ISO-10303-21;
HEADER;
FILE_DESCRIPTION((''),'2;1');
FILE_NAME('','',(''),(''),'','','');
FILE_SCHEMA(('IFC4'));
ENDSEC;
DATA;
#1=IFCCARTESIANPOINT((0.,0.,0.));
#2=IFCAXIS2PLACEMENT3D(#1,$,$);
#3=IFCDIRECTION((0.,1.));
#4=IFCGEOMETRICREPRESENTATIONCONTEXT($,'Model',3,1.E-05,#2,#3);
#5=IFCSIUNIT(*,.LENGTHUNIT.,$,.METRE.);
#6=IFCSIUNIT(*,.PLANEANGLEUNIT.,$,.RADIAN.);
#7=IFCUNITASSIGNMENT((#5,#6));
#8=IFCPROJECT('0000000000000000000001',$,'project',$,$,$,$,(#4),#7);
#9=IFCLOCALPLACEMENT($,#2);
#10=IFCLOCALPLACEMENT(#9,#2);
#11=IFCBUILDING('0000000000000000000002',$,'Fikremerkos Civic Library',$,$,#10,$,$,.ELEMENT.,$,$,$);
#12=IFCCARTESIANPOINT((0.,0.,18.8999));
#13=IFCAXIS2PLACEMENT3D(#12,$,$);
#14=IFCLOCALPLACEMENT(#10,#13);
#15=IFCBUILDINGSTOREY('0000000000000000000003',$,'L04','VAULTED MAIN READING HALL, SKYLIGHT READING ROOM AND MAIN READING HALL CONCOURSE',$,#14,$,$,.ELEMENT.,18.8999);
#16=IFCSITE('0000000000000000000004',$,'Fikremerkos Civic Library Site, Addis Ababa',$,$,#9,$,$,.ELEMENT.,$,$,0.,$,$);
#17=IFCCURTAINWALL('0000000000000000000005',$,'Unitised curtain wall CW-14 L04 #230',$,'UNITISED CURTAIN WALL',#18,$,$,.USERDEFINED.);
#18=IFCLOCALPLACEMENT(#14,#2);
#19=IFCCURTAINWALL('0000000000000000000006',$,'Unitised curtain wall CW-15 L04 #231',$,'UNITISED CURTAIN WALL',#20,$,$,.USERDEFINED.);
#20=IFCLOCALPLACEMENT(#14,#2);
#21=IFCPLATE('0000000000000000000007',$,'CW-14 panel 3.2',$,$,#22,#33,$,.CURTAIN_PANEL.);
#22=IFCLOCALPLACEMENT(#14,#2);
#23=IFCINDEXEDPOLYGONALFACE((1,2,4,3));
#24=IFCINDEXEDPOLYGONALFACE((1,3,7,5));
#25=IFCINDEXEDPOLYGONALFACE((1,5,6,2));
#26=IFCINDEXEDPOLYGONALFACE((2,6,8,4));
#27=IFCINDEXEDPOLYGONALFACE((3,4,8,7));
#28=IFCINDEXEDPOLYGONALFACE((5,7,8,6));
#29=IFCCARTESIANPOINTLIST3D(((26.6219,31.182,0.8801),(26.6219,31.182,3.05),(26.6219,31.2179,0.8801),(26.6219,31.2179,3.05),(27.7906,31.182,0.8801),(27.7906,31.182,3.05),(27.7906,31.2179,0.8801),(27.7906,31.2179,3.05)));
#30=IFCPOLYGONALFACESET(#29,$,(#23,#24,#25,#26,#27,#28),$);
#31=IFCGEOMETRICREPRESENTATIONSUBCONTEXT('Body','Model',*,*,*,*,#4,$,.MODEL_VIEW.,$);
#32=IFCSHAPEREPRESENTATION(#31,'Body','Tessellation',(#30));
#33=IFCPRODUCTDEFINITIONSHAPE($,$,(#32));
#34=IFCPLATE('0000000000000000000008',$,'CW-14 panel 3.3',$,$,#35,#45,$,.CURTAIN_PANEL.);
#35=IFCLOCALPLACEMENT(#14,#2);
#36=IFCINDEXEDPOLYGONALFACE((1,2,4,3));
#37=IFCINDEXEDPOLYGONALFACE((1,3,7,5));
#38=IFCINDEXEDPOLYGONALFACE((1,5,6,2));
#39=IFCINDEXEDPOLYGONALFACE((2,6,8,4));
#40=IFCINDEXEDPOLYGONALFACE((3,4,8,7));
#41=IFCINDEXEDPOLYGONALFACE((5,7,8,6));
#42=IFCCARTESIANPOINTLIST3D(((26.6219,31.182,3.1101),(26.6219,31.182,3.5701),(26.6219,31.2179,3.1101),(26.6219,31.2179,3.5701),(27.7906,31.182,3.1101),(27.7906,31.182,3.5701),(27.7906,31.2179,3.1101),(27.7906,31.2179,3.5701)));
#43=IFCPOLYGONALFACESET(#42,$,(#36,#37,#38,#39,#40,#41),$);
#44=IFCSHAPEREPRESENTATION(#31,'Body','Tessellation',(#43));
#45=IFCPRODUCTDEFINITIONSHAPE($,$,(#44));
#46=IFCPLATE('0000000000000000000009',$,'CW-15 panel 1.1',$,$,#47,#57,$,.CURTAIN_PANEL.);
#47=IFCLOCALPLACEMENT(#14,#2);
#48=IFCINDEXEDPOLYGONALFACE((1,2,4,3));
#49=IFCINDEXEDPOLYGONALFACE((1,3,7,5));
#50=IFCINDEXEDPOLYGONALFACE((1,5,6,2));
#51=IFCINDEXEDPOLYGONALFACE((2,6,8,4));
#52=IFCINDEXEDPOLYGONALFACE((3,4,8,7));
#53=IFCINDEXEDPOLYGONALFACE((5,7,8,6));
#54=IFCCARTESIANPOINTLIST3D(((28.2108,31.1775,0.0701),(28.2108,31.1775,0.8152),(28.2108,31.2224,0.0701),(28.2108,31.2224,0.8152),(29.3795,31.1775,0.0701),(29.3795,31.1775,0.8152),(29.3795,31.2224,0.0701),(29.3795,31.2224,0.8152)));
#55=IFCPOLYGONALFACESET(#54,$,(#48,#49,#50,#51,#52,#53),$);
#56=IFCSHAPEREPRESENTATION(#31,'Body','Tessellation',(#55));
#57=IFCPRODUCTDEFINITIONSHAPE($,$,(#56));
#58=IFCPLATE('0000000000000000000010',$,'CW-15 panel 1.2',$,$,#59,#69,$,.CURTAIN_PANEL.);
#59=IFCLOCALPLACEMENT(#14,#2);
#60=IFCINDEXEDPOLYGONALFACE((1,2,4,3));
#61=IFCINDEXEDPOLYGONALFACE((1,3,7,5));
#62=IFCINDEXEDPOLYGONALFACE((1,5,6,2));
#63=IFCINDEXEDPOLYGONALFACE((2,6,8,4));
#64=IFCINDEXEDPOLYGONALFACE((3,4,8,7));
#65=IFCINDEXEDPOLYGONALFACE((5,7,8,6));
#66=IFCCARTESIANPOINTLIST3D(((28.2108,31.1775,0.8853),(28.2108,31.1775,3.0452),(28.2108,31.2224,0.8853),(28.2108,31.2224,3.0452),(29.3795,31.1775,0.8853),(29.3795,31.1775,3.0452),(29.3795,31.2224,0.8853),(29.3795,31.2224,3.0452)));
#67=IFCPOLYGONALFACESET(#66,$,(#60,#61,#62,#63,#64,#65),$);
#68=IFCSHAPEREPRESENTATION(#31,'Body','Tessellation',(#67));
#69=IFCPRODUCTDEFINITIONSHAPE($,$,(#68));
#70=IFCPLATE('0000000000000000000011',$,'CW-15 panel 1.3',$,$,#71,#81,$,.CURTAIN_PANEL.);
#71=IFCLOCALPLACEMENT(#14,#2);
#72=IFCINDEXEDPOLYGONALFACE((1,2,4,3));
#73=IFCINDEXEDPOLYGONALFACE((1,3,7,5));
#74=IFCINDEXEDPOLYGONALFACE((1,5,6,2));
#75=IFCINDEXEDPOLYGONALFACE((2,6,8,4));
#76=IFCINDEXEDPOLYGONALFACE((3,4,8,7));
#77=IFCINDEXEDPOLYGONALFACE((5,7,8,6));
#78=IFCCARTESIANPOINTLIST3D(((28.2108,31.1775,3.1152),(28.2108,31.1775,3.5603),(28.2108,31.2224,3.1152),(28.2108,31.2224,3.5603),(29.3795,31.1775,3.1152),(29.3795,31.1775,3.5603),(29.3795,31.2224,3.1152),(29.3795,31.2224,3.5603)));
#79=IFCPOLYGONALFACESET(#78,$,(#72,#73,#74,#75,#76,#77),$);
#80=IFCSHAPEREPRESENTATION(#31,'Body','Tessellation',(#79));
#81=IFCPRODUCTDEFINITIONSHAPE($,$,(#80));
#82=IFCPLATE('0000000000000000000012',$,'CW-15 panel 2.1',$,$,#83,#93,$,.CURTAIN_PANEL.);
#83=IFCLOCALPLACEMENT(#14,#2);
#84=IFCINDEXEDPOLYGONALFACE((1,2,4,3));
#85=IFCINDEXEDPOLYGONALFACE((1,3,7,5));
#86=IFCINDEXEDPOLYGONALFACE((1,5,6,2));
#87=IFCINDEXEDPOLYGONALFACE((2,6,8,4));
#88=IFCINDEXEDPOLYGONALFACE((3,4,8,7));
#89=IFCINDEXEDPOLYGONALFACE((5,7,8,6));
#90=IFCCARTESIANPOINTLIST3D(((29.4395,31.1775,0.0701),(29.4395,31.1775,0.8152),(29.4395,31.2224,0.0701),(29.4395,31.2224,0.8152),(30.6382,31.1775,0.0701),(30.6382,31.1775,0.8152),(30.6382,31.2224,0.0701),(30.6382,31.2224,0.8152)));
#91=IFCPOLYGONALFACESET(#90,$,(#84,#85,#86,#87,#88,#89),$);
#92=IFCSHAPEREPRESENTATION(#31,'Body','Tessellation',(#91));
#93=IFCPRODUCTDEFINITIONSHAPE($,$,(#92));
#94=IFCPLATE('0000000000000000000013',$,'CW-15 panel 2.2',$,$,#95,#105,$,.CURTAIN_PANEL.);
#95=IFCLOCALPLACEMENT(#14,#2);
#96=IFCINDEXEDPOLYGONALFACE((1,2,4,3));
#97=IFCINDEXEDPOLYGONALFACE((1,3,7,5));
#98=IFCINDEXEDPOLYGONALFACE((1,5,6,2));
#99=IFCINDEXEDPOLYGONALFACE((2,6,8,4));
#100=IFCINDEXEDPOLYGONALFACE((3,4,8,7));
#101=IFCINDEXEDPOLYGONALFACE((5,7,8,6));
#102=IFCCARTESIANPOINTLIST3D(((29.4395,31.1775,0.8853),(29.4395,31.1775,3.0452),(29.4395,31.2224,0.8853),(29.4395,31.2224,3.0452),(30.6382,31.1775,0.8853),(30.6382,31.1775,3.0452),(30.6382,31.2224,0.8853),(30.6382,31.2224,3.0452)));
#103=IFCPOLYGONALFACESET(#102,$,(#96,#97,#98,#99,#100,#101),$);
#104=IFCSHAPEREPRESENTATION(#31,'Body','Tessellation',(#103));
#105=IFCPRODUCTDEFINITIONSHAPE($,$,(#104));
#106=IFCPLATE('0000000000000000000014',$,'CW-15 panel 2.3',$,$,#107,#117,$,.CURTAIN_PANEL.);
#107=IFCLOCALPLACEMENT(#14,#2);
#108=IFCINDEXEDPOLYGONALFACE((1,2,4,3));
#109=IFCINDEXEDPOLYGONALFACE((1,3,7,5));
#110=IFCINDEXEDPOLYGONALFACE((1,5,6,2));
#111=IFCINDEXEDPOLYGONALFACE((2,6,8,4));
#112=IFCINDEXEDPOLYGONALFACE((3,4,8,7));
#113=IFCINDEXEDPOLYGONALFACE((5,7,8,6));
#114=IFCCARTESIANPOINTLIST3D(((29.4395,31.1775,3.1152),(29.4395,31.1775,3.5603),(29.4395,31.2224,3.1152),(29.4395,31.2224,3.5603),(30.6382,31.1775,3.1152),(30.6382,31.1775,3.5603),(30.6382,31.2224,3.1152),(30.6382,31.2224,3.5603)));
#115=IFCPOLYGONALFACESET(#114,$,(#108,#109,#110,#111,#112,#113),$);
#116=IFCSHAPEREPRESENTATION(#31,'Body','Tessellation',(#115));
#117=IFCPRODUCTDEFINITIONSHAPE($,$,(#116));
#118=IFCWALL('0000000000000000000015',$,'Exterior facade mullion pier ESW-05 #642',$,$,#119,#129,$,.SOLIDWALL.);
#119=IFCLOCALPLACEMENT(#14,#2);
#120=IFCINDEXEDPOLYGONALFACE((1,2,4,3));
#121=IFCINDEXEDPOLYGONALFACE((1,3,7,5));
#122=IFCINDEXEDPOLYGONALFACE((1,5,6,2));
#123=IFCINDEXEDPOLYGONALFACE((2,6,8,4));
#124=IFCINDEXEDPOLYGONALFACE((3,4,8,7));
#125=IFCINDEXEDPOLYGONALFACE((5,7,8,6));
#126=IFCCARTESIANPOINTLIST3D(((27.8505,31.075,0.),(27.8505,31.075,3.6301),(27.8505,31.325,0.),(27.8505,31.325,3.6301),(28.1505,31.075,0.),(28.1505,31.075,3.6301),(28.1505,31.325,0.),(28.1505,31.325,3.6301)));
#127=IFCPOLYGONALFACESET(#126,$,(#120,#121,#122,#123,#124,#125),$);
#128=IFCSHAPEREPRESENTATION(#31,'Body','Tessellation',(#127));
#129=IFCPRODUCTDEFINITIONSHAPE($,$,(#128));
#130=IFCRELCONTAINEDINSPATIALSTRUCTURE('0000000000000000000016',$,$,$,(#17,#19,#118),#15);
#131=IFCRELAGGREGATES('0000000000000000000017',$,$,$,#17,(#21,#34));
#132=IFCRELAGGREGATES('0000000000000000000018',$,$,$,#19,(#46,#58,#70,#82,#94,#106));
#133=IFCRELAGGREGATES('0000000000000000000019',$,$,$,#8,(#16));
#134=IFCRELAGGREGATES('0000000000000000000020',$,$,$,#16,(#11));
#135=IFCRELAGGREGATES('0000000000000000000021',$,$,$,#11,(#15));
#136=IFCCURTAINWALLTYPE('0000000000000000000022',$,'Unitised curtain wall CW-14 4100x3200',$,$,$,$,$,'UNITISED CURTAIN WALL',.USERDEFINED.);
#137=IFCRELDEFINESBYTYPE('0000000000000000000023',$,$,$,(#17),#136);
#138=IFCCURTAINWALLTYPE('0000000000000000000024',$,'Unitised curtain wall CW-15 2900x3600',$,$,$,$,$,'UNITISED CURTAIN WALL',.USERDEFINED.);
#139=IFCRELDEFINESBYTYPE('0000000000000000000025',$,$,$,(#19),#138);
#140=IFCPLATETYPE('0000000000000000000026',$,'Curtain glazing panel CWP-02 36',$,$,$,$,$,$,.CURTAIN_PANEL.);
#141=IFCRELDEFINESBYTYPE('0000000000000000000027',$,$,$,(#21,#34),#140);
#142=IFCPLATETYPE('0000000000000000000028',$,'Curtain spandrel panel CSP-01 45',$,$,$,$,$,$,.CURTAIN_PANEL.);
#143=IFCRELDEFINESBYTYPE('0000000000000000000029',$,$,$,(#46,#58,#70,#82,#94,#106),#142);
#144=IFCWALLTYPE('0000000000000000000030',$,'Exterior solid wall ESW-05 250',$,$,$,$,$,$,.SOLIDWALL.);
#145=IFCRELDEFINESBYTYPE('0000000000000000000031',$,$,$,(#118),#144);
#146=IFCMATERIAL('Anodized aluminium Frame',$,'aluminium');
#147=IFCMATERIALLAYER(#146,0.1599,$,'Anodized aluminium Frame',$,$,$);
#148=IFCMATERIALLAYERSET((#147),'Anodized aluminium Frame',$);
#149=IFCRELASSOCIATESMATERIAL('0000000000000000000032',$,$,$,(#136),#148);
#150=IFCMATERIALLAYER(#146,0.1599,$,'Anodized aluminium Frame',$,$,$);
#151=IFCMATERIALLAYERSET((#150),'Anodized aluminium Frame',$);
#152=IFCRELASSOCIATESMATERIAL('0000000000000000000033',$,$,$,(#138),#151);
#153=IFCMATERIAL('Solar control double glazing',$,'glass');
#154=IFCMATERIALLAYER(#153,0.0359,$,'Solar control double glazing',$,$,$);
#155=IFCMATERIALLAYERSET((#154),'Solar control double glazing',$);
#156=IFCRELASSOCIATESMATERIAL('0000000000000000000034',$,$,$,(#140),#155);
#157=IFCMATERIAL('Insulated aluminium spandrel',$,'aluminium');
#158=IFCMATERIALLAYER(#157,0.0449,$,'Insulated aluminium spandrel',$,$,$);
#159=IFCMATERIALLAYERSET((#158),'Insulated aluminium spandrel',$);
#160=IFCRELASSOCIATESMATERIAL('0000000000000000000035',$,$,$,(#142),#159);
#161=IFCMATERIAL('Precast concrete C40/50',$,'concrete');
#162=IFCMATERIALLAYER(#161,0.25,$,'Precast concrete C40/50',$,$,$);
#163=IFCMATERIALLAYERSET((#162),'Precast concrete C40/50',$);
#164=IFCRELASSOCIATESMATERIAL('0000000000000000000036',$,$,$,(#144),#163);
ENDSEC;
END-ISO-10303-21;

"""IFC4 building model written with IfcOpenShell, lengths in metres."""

from ifc_helpers import new_model, si_unit, direction, frame, frame_2d, origin, origin_2d, place, context, subcontext, project, spatial, rectangle, extrude, material, layer, layer_set, type_object, element, aggregate, save


model = new_model("IFC4")

# Units and contexts
model_context = context("Model", 3, precision=1e-05, world=origin(), true_north=direction((0.0, 1.0)))
body_context = subcontext(model_context, "Body", "Model", "MODEL_VIEW")
ifc_project = project(units=[si_unit("LENGTHUNIT", "METRE"), si_unit("PLANEANGLEUNIT", "RADIAN")], contexts=[model_context])

# Site, building, storey
site_placement = place(None, origin())
site = spatial("IfcSite", under=ifc_project, at=site_placement, Name="Fikremerkos Civic Library Site, Addis Ababa", CompositionType="ELEMENT", RefElevation=0.0)
building_placement = place(site_placement, origin())
building = spatial("IfcBuilding", under=site, at=building_placement, Name="Fikremerkos Civic Library", CompositionType="ELEMENT")
storey_placement = place(building_placement, frame((0.0, 0.0, 18.8999)))
storey = spatial("IfcBuildingStorey", under=building, at=storey_placement, Name="L04", Description="VAULTED MAIN READING HALL, SKYLIGHT READING ROOM AND MAIN READING HALL CONCOURSE", CompositionType="ELEMENT", Elevation=18.8999)

# Curtain wall
ifc_material_1 = material(Name="Anodized aluminium Frame", Category="aluminium")
ifc_layer_1 = layer(ifc_material_1, 0.1599, Name="Anodized aluminium Frame")
ifc_layer_set_1 = layer_set([ifc_layer_1], Name="Anodized aluminium Frame")
curtain_wall_type_1 = type_object("IfcCurtainWallType", Name="Unitised curtain wall CW-14 4100x3200", ElementType="UNITISED CURTAIN WALL", PredefinedType="USERDEFINED", material=ifc_layer_set_1)
curtain_wall_1_placement = place(storey_placement, origin())
curtain_wall_1 = element("IfcCurtainWall", 1, at=curtain_wall_1_placement, inside=storey, type_object=curtain_wall_type_1, Name="Unitised curtain wall CW-14 L04 #230", ObjectType="UNITISED CURTAIN WALL", PredefinedType="USERDEFINED")

# Curtain wall
ifc_layer_2 = layer(ifc_material_1, 0.1599, Name="Anodized aluminium Frame")
ifc_layer_set_2 = layer_set([ifc_layer_2], Name="Anodized aluminium Frame")
curtain_wall_type_2 = type_object("IfcCurtainWallType", Name="Unitised curtain wall CW-15 2900x3600", ElementType="UNITISED CURTAIN WALL", PredefinedType="USERDEFINED", material=ifc_layer_set_2)
curtain_wall_2_placement = place(storey_placement, origin())
curtain_wall_2 = element("IfcCurtainWall", 2, at=curtain_wall_2_placement, inside=storey, type_object=curtain_wall_type_2, Name="Unitised curtain wall CW-15 L04 #231", ObjectType="UNITISED CURTAIN WALL", PredefinedType="USERDEFINED")

# Plates
ifc_material_2 = material(Name="Solar control double glazing", Category="glass")
ifc_layer_3 = layer(ifc_material_2, 0.0359, Name="Solar control double glazing")
ifc_layer_set_3 = layer_set([ifc_layer_3], Name="Solar control double glazing")
plate_type_1 = type_object("IfcPlateType", Name="Curtain glazing panel CWP-02 36", PredefinedType="CURTAIN_PANEL", material=ifc_layer_set_3)
plate_1_placement = place(storey_placement, frame((27.2063, 31.2, 0.8801), z_axis=(0.0, 0.0, 1.0), x_axis=(1.0, 0.0, 0.0)))
plate_1 = element("IfcPlate", 3, at=plate_1_placement, type_object=plate_type_1, Name="CW-14 panel 3.2", PredefinedType="CURTAIN_PANEL", context=body_context, shape_type="SweptSolid", body=[
    extrude(rectangle(XDim=1.1687, YDim=0.0359, at=origin_2d()), origin(), (0.0, 0.0, 1.0), 2.1699),
])
plate_2_placement = place(storey_placement, frame((27.2063, 31.2, 3.1101), z_axis=(0.0, 0.0, 1.0), x_axis=(1.0, 0.0, 0.0)))
plate_2 = element("IfcPlate", 4, at=plate_2_placement, type_object=plate_type_1, Name="CW-14 panel 3.3", PredefinedType="CURTAIN_PANEL", context=body_context, shape_type="SweptSolid", body=[
    extrude(rectangle(XDim=1.1687, YDim=0.0359, at=origin_2d()), origin(), (0.0, 0.0, 1.0), 0.46),
])
aggregate(curtain_wall_1, [plate_1, plate_2])
ifc_material_3 = material(Name="Insulated aluminium spandrel", Category="aluminium")
ifc_layer_4 = layer(ifc_material_3, 0.0449, Name="Insulated aluminium spandrel")
ifc_layer_set_4 = layer_set([ifc_layer_4], Name="Insulated aluminium spandrel")
plate_type_2 = type_object("IfcPlateType", Name="Curtain spandrel panel CSP-01 45", PredefinedType="CURTAIN_PANEL", material=ifc_layer_set_4)
plate_3_placement = place(storey_placement, frame((28.7952, 31.2, 0.0701), z_axis=(0.0, 0.0, 1.0), x_axis=(1.0, 0.0, 0.0)))
plate_3 = element("IfcPlate", 5, at=plate_3_placement, type_object=plate_type_2, Name="CW-15 panel 1.1", PredefinedType="CURTAIN_PANEL", context=body_context, shape_type="SweptSolid", body=[
    extrude(rectangle(XDim=1.1687, YDim=0.0449, at=origin_2d()), origin(), (0.0, 0.0, 1.0), 0.7451),
])
plate_4_placement = place(storey_placement, frame((28.7952, 31.2, 0.8853), z_axis=(0.0, 0.0, 1.0), x_axis=(1.0, 0.0, 0.0)))
plate_4 = element("IfcPlate", 6, at=plate_4_placement, type_object=plate_type_2, Name="CW-15 panel 1.2", PredefinedType="CURTAIN_PANEL", context=body_context, shape_type="SweptSolid", body=[
    extrude(rectangle(XDim=1.1687, YDim=0.0449, at=origin_2d()), origin(), (0.0, 0.0, 1.0), 2.1599),
])
plate_5_placement = place(storey_placement, frame((28.7952, 31.2, 3.1152), z_axis=(0.0, 0.0, 1.0), x_axis=(1.0, 0.0, 0.0)))
plate_5 = element("IfcPlate", 7, at=plate_5_placement, type_object=plate_type_2, Name="CW-15 panel 1.3", PredefinedType="CURTAIN_PANEL", context=body_context, shape_type="SweptSolid", body=[
    extrude(rectangle(XDim=1.1687, YDim=0.0449, at=origin_2d()), origin(), (0.0, 0.0, 1.0), 0.4451),
])
plate_6_placement = place(storey_placement, frame((30.0388, 31.2, 0.0701), z_axis=(0.0, 0.0, 1.0), x_axis=(1.0, 0.0, 0.0)))
plate_6 = element("IfcPlate", 8, at=plate_6_placement, type_object=plate_type_2, Name="CW-15 panel 2.1", PredefinedType="CURTAIN_PANEL", context=body_context, shape_type="SweptSolid", body=[
    extrude(rectangle(XDim=1.1987, YDim=0.0449, at=origin_2d()), origin(), (0.0, 0.0, 1.0), 0.7451),
])
plate_7_placement = place(storey_placement, frame((30.0388, 31.2, 0.8853), z_axis=(0.0, 0.0, 1.0), x_axis=(1.0, 0.0, 0.0)))
plate_7 = element("IfcPlate", 9, at=plate_7_placement, type_object=plate_type_2, Name="CW-15 panel 2.2", PredefinedType="CURTAIN_PANEL", context=body_context, shape_type="SweptSolid", body=[
    extrude(rectangle(XDim=1.1987, YDim=0.0449, at=origin_2d()), origin(), (0.0, 0.0, 1.0), 2.1599),
])
plate_8_placement = place(storey_placement, frame((30.0388, 31.2, 3.1152), z_axis=(0.0, 0.0, 1.0), x_axis=(1.0, 0.0, 0.0)))
plate_8 = element("IfcPlate", 10, at=plate_8_placement, type_object=plate_type_2, Name="CW-15 panel 2.3", PredefinedType="CURTAIN_PANEL", context=body_context, shape_type="SweptSolid", body=[
    extrude(rectangle(XDim=1.1987, YDim=0.0449, at=origin_2d()), origin(), (0.0, 0.0, 1.0), 0.4451),
])
aggregate(curtain_wall_2, [plate_3, plate_4, plate_5, plate_6, plate_7, plate_8])

# Wall
ifc_material_4 = material(Name="Precast concrete C40/50", Category="concrete")
ifc_layer_5 = layer(ifc_material_4, 0.25, Name="Precast concrete C40/50")
ifc_layer_set_5 = layer_set([ifc_layer_5], Name="Precast concrete C40/50")
wall_type = type_object("IfcWallType", Name="Exterior solid wall ESW-05 250", PredefinedType="SOLIDWALL", material=ifc_layer_set_5)
wall_placement = place(storey_placement, frame((27.8506, 31.2, 0.0), z_axis=(0.0, 0.0, 1.0), x_axis=(1.0, 0.0, 0.0)))
element("IfcWall", 11, at=wall_placement, inside=storey, type_object=wall_type, Name="Exterior facade mullion pier ESW-05 #642", PredefinedType="SOLIDWALL", context=body_context, shape_type="SweptSolid", body=[
    extrude(rectangle(XDim=0.3, YDim=0.25, at=frame_2d((0.1499, 0.0))), origin(), (0.0, 0.0, 1.0), 3.6301),
])

save(model, "model.ifc")
